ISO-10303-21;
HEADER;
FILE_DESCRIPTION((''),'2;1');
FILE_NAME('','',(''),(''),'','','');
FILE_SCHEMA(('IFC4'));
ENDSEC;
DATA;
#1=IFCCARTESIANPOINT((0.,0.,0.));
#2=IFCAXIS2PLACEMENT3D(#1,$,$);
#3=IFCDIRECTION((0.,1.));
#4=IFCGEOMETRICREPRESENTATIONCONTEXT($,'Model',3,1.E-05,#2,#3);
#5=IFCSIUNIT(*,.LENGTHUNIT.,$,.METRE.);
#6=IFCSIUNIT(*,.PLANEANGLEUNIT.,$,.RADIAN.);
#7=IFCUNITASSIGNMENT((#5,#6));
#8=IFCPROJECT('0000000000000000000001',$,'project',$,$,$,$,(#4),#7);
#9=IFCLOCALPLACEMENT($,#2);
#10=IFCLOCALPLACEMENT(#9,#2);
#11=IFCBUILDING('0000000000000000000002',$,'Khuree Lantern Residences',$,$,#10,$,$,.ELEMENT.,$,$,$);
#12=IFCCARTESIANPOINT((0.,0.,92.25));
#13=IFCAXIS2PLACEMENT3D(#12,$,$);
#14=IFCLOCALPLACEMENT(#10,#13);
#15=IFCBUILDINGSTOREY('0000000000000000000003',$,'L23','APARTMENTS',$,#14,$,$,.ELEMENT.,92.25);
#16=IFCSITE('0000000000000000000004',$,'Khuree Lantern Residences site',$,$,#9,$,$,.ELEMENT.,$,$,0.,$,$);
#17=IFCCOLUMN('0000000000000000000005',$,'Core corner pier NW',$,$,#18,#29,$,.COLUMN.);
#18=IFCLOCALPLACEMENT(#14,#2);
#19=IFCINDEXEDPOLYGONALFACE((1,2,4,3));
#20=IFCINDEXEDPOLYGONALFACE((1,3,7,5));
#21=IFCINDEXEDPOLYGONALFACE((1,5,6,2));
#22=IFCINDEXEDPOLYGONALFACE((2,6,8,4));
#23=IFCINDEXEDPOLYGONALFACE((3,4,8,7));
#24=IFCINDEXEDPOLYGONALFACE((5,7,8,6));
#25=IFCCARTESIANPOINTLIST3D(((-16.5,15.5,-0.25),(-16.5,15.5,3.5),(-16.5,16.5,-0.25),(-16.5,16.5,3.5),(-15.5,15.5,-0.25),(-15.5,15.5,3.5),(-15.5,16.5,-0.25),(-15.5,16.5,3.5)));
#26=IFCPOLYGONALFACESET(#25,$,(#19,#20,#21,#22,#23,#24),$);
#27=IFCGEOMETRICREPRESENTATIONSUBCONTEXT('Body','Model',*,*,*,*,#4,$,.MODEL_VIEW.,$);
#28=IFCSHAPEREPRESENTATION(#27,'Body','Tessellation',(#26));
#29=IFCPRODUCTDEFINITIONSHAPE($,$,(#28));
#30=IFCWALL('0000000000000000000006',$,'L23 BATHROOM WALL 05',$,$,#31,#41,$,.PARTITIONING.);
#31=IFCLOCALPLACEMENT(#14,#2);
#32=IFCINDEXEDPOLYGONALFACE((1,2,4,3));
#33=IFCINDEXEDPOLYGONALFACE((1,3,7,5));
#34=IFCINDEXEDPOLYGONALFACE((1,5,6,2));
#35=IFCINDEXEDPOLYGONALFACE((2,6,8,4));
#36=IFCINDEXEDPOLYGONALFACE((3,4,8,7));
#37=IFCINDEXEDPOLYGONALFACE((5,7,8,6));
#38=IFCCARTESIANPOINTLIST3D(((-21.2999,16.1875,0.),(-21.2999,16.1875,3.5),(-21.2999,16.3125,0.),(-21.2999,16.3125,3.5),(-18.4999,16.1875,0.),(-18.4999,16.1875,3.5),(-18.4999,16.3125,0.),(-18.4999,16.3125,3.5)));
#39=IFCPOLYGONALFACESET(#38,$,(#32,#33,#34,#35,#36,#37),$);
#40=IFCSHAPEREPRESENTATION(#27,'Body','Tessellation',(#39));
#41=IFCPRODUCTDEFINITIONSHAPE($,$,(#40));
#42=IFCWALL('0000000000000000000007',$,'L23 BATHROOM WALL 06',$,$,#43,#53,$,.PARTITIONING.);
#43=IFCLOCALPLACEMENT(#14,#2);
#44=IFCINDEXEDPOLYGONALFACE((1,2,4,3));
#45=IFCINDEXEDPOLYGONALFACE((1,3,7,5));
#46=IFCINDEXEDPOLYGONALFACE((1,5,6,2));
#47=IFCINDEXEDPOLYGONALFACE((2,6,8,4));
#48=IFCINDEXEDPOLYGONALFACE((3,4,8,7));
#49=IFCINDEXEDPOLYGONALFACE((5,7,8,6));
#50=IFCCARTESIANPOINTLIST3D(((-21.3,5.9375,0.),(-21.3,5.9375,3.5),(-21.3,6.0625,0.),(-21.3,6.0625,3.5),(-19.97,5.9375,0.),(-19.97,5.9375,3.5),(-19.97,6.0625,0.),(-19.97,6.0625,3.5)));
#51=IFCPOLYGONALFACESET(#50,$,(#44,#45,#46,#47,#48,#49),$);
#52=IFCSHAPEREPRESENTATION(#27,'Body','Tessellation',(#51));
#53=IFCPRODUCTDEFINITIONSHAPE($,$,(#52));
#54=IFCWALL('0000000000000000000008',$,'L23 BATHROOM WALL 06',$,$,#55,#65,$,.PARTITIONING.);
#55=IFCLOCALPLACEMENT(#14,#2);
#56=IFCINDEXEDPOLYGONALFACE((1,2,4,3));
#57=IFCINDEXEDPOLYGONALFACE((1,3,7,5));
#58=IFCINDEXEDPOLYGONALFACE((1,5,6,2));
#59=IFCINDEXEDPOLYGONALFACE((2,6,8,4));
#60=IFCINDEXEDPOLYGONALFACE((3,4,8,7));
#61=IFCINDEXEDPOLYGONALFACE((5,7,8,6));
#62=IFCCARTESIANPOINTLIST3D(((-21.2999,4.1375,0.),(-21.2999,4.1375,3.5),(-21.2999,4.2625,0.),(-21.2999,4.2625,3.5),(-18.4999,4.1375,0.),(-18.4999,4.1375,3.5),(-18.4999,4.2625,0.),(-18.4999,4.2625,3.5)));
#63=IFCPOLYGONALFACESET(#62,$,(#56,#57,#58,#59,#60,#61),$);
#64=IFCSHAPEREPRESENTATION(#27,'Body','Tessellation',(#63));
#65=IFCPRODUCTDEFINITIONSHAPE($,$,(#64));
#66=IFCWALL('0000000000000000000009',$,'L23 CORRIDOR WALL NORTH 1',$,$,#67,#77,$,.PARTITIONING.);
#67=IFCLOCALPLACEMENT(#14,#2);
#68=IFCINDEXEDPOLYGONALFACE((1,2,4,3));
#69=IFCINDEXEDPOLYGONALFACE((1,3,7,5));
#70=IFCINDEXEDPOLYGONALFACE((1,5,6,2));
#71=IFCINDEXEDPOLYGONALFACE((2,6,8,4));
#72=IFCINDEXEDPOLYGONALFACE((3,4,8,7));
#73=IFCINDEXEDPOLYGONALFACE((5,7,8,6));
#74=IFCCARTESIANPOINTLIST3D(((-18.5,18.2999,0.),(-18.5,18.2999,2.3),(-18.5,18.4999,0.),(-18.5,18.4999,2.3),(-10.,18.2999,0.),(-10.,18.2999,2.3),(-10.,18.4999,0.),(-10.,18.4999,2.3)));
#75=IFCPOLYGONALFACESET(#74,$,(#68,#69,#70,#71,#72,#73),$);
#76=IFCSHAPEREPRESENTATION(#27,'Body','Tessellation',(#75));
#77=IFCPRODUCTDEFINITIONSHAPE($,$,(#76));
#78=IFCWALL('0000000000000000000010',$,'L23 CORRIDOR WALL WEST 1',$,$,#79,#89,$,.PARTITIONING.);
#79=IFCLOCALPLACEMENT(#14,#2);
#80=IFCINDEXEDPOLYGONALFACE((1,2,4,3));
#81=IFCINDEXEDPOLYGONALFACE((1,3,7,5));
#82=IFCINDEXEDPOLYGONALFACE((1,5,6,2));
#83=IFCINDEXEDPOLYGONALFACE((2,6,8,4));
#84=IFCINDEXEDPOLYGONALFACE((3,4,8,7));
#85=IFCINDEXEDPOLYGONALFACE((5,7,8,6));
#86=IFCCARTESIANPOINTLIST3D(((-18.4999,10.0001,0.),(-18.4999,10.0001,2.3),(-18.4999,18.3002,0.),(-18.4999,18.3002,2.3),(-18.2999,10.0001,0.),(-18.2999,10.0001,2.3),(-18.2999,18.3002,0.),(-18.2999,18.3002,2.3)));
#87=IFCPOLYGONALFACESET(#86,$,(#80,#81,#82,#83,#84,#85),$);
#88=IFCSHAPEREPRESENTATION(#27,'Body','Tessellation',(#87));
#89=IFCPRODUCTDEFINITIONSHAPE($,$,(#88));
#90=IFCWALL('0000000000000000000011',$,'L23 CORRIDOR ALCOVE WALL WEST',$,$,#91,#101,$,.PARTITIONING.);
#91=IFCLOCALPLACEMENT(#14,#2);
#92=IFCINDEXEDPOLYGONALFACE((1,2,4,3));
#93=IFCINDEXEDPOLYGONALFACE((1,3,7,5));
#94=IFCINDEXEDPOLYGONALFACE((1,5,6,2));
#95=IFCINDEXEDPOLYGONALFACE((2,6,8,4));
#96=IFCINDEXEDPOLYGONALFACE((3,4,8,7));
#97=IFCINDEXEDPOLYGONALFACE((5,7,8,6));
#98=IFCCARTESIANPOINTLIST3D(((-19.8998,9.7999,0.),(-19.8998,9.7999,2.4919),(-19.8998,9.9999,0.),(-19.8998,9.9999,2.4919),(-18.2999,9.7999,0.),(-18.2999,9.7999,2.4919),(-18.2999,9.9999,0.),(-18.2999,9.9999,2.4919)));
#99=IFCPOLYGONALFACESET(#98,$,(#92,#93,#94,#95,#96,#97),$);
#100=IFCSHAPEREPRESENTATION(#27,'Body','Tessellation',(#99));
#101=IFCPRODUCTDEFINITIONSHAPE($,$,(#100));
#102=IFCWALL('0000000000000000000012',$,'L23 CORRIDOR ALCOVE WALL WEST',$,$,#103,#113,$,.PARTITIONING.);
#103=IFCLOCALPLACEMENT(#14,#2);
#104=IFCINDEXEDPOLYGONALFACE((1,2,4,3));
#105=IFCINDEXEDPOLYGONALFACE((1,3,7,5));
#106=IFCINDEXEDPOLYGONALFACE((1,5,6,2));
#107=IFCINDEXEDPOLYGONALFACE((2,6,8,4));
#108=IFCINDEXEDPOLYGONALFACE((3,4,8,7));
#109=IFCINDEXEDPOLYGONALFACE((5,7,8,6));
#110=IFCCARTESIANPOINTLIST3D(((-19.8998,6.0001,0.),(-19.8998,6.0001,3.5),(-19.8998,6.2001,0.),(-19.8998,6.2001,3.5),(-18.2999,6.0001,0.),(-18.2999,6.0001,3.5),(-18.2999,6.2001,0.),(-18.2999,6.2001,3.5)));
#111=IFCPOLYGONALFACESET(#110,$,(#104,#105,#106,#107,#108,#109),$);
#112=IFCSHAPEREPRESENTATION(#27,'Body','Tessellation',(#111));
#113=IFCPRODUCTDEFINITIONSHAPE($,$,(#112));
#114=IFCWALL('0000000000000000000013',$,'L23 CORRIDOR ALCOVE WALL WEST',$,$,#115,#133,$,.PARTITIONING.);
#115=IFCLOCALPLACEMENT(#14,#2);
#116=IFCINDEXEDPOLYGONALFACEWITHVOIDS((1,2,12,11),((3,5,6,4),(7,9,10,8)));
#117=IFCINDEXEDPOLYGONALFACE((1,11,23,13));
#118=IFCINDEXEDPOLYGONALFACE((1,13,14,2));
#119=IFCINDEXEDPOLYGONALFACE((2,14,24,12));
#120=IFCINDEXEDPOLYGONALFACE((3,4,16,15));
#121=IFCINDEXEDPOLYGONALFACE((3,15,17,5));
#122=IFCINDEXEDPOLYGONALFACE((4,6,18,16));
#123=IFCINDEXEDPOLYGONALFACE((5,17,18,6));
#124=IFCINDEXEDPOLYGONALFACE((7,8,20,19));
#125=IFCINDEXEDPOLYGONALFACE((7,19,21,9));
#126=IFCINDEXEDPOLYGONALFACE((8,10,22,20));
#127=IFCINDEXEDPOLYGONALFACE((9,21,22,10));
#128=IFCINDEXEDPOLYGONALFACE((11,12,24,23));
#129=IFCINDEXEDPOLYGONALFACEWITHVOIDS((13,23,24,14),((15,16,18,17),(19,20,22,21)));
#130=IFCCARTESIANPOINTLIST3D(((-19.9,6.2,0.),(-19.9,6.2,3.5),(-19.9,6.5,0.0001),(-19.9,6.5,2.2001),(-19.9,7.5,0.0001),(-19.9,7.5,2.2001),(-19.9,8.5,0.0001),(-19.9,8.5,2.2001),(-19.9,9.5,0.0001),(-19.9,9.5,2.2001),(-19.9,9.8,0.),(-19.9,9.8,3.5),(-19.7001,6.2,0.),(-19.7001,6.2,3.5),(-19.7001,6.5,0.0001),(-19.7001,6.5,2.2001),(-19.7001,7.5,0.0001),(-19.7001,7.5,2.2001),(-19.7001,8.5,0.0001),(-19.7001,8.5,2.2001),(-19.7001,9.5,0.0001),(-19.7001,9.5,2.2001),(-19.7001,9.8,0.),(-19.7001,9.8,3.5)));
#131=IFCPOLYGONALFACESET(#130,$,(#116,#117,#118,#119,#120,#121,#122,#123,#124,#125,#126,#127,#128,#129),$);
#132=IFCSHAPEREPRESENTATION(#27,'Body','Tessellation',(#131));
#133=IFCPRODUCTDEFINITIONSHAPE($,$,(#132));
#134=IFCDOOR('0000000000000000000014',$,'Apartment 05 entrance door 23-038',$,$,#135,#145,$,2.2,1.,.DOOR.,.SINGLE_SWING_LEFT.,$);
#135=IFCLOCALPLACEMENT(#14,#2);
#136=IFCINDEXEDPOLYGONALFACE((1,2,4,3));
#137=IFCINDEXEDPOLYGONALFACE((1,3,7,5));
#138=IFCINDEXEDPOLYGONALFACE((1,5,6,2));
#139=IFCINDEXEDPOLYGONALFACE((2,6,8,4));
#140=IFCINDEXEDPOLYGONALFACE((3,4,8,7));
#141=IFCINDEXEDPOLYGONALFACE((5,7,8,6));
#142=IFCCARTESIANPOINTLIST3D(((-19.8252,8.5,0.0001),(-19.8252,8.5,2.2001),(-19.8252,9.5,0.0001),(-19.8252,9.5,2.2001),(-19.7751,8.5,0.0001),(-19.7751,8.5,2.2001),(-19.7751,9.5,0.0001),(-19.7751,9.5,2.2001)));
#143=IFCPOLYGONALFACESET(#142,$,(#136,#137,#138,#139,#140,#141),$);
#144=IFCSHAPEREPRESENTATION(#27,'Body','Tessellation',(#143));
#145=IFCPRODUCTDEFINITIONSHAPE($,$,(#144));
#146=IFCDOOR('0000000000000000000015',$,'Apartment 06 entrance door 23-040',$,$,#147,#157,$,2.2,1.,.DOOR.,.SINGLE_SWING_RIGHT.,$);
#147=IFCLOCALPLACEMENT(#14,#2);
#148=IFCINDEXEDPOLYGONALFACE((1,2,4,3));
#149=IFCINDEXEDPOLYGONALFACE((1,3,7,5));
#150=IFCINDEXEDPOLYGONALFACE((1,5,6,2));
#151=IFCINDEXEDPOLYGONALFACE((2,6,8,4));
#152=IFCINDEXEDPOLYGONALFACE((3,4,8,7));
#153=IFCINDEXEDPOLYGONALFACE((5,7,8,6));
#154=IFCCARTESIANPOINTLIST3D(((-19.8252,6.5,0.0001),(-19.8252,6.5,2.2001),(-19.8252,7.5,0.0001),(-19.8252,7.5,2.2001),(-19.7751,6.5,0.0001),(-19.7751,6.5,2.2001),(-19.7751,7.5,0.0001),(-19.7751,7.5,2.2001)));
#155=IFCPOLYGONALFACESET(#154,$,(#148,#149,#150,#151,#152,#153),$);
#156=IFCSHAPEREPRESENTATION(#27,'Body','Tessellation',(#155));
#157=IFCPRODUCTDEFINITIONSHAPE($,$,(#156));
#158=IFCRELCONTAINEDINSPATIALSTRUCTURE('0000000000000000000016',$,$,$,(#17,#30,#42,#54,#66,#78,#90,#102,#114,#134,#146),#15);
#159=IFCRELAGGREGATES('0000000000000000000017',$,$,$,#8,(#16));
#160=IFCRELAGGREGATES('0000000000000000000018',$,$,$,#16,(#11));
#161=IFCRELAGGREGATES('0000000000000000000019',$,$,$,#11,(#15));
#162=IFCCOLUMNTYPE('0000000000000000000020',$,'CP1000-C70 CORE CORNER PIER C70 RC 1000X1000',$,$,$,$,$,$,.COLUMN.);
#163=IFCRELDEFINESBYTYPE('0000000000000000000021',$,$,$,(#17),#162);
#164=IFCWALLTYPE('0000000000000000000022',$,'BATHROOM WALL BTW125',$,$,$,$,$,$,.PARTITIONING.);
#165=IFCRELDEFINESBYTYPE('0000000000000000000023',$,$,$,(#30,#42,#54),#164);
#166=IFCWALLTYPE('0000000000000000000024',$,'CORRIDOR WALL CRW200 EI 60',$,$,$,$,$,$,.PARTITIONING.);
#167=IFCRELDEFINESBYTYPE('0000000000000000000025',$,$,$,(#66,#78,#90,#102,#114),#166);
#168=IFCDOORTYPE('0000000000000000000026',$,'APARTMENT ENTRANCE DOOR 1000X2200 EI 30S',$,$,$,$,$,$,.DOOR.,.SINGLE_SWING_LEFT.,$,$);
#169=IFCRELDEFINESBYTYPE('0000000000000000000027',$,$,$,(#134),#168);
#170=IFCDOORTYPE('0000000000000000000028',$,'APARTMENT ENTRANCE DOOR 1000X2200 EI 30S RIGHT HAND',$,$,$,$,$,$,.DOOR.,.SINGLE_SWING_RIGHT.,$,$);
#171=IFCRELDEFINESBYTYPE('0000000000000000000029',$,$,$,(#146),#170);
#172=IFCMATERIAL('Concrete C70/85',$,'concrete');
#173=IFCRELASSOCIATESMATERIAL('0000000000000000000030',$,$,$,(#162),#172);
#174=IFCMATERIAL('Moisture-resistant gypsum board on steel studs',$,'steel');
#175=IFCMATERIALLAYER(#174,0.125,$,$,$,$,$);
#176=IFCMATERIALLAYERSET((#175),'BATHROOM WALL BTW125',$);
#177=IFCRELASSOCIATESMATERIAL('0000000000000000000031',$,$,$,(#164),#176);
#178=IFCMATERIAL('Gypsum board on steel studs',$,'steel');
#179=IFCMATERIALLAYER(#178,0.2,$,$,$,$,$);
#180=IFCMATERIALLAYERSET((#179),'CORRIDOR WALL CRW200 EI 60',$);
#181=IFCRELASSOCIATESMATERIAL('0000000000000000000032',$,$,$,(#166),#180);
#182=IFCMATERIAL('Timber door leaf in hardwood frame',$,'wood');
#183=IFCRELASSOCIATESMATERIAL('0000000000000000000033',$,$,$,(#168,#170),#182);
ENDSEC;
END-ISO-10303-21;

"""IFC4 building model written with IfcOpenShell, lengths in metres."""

from ifc_helpers import new_model, si_unit, direction, frame, frame_2d, origin, origin_2d, place, context, subcontext, project, spatial, rectangle, extrude, material, layer, layer_set, material_profile, profile_set, type_object, element, fill, save


model = new_model("IFC4")

# Units and contexts
model_context = context("Model", 3, precision=1e-05, world=origin(), true_north=direction((0.0, 1.0)))
body_context = subcontext(model_context, "Body", "Model", "MODEL_VIEW")
ifc_project = project(units=[si_unit("LENGTHUNIT", "METRE"), si_unit("PLANEANGLEUNIT", "RADIAN")], contexts=[model_context])

# Site, building, storey
site_placement = place(None, origin())
site = spatial("IfcSite", under=ifc_project, at=site_placement, Name="Khuree Lantern Residences site", CompositionType="ELEMENT", RefElevation=0.0)
building_placement = place(site_placement, origin())
building = spatial("IfcBuilding", under=site, at=building_placement, Name="Khuree Lantern Residences", CompositionType="ELEMENT")
storey_placement = place(building_placement, frame((0.0, 0.0, 92.25)))
storey = spatial("IfcBuildingStorey", under=building, at=storey_placement, Name="L23", Description="APARTMENTS", CompositionType="ELEMENT", Elevation=92.25)

# Column
ifc_material_1 = material(Name="Concrete C70/85", Category="concrete")
ifc_material_profile = material_profile(ifc_material_1, rectangle(XDim=1.0, YDim=1.0, at=origin_2d()), Name="RC 1000X1000")
ifc_profile_set = profile_set([ifc_material_profile], Name="Concrete C70/85")
column_type = type_object("IfcColumnType", Name="CP1000-C70 CORE CORNER PIER C70 RC 1000X1000", PredefinedType="COLUMN", material=ifc_profile_set)
column_placement = place(storey_placement, frame((-16.0, 16.0, -0.25), z_axis=(0.0, 0.0, 1.0), x_axis=(1.0, 0.0, 0.0)))
element("IfcColumn", 1, at=column_placement, inside=storey, type_object=column_type, Name="Core corner pier NW", PredefinedType="COLUMN", context=body_context, shape_type="SweptSolid", body=[
    extrude(rectangle(XDim=1.0, YDim=1.0, at=origin_2d()), origin(), (0.0, 0.0, 1.0), 3.75),
])

# Walls
ifc_material_2 = material(Name="Moisture-resistant gypsum board on steel studs", Category="steel")
ifc_layer_1 = layer(ifc_material_2, 0.125)
ifc_layer_set_1 = layer_set([ifc_layer_1], Name="BATHROOM WALL BTW125")
wall_type_1 = type_object("IfcWallType", Name="BATHROOM WALL BTW125", PredefinedType="PARTITIONING", material=ifc_layer_set_1)
wall_1_placement = place(storey_placement, frame((-18.5, 16.25, 0.0), z_axis=(0.0, 0.0, 1.0), x_axis=(-1.0, 0.0, 0.0)))
element("IfcWall", 2, at=wall_1_placement, inside=storey, type_object=wall_type_1, Name="L23 BATHROOM WALL 05", PredefinedType="PARTITIONING", context=body_context, shape_type="SweptSolid", body=[
    extrude(rectangle(XDim=2.8, YDim=0.125, at=frame_2d((1.3999, 0.0))), origin(), (0.0, 0.0, 1.0), 3.5),
])
wall_2_placement = place(storey_placement, frame((-19.97, 6.0, 0.0), z_axis=(0.0, 0.0, 1.0), x_axis=(-1.0, 0.0, 0.0)))
element("IfcWall", 3, at=wall_2_placement, inside=storey, type_object=wall_type_1, Name="L23 BATHROOM WALL 06", PredefinedType="PARTITIONING", context=body_context, shape_type="SweptSolid", body=[
    extrude(rectangle(XDim=1.3301, YDim=0.125, at=frame_2d((0.665, 0.0))), origin(), (0.0, 0.0, 1.0), 3.5),
])
wall_3_placement = place(storey_placement, frame((-18.5, 4.2, 0.0), z_axis=(0.0, 0.0, 1.0), x_axis=(-1.0, 0.0, 0.0)))
element("IfcWall", 4, at=wall_3_placement, inside=storey, type_object=wall_type_1, Name="L23 BATHROOM WALL 06", PredefinedType="PARTITIONING", context=body_context, shape_type="SweptSolid", body=[
    extrude(rectangle(XDim=2.8, YDim=0.125, at=frame_2d((1.3999, 0.0))), origin(), (0.0, 0.0, 1.0), 3.5),
])
ifc_material_3 = material(Name="Gypsum board on steel studs", Category="steel")
ifc_layer_2 = layer(ifc_material_3, 0.2)
ifc_layer_set_2 = layer_set([ifc_layer_2], Name="CORRIDOR WALL CRW200 EI 60")
wall_type_2 = type_object("IfcWallType", Name="CORRIDOR WALL CRW200 EI 60", PredefinedType="PARTITIONING", material=ifc_layer_set_2)
wall_4_placement = place(storey_placement, frame((-18.5, 18.3999, 0.0), z_axis=(0.0, 0.0, 1.0), x_axis=(1.0, 0.0, 0.0)))
element("IfcWall", 5, at=wall_4_placement, inside=storey, type_object=wall_type_2, Name="L23 CORRIDOR WALL NORTH 1", PredefinedType="PARTITIONING", context=body_context, shape_type="SweptSolid", body=[
    extrude(rectangle(XDim=8.5, YDim=0.2, at=frame_2d((4.25, 0.0))), origin(), (0.0, 0.0, 1.0), 2.3),
])
wall_5_placement = place(storey_placement, frame((-18.3999, 18.3, 0.0), z_axis=(0.0, 0.0, 1.0), x_axis=(0.0, -1.0, 0.0)))
element("IfcWall", 6, at=wall_5_placement, inside=storey, type_object=wall_type_2, Name="L23 CORRIDOR WALL WEST 1", PredefinedType="PARTITIONING", context=body_context, shape_type="SweptSolid", body=[
    extrude(rectangle(XDim=8.3, YDim=0.2, at=frame_2d((4.1499, 0.0))), origin(), (0.0, 0.0, 1.0), 2.3),
])
wall_6_placement = place(storey_placement, frame((-18.3, 9.8999, 0.0), z_axis=(0.0, 0.0, 1.0), x_axis=(-1.0, 0.0, 0.0)))
element("IfcWall", 7, at=wall_6_placement, inside=storey, type_object=wall_type_2, Name="L23 CORRIDOR ALCOVE WALL WEST", PredefinedType="PARTITIONING", context=body_context, shape_type="SweptSolid", body=[
    extrude(rectangle(XDim=1.5999, YDim=0.2, at=frame_2d((0.7998, 0.0))), origin(), (0.0, 0.0, 1.0), 2.4919),
])
wall_7_placement = place(storey_placement, frame((-18.3, 6.1001, 0.0), z_axis=(0.0, 0.0, 1.0), x_axis=(-1.0, 0.0, 0.0)))
element("IfcWall", 8, at=wall_7_placement, inside=storey, type_object=wall_type_2, Name="L23 CORRIDOR ALCOVE WALL WEST", PredefinedType="PARTITIONING", context=body_context, shape_type="SweptSolid", body=[
    extrude(rectangle(XDim=1.5999, YDim=0.2, at=frame_2d((0.7998, 0.0))), origin(), (0.0, 0.0, 1.0), 3.5),
])

# Wall, openings, doors
wall_8_placement = place(storey_placement, frame((-19.8, 9.8, 0.0), z_axis=(0.0, 0.0, 1.0), x_axis=(0.0, -1.0, 0.0)))
wall_8 = element("IfcWall", 9, at=wall_8_placement, inside=storey, type_object=wall_type_2, Name="L23 CORRIDOR ALCOVE WALL WEST", PredefinedType="PARTITIONING", context=body_context, shape_type="SweptSolid", body=[
    extrude(rectangle(XDim=3.6001, YDim=0.2, at=frame_2d((1.8, 0.0))), origin(), (0.0, 0.0, 1.0), 3.5),
])
opening_1_placement = place(wall_8_placement, frame((0.3, 0.0, 0.0)))
opening_1 = element("IfcOpeningElement", 10, at=opening_1_placement, cuts=wall_8, PredefinedType="OPENING", context=body_context, shape_type="SweptSolid", body=[
    extrude(rectangle(XDim=1.0, YDim=2.2, at=frame_2d((0.5, 1.1001))), frame((0.0, 0.1099, 0.0), z_axis=(0.0, -1.0, 0.0), x_axis=(1.0, 0.0, 0.0)), (0.0, 0.0, 1.0), 0.22),
])
opening_2_placement = place(wall_8_placement, frame((2.3, 0.0, 0.0)))
opening_2 = element("IfcOpeningElement", 11, at=opening_2_placement, cuts=wall_8, PredefinedType="OPENING", context=body_context, shape_type="SweptSolid", body=[
    extrude(rectangle(XDim=1.0, YDim=2.2, at=frame_2d((0.5, 1.1001))), frame((0.0, 0.1099, 0.0), z_axis=(0.0, -1.0, 0.0), x_axis=(1.0, 0.0, 0.0)), (0.0, 0.0, 1.0), 0.22),
])
ifc_material_4 = material(Name="Timber door leaf in hardwood frame", Category="wood")
door_type_1 = type_object("IfcDoorType", Name="APARTMENT ENTRANCE DOOR 1000X2200 EI 30S", OperationType="SINGLE_SWING_LEFT", PredefinedType="DOOR", material=ifc_material_4)
door_1_placement = place(opening_1_placement, origin())
door_1 = element("IfcDoor", 12, at=door_1_placement, inside=storey, type_object=door_type_1, Name="Apartment 05 entrance door 23-038", OperationType="SINGLE_SWING_LEFT", OverallHeight=2.2, OverallWidth=1.0, PredefinedType="DOOR", context=body_context, shape_type="SweptSolid", body=[
    extrude(rectangle(XDim=1.0, YDim=2.2, at=frame_2d((0.5, 1.1001))), frame((0.0, 0.0249, 0.0), z_axis=(0.0, -1.0, 0.0), x_axis=(1.0, 0.0, 0.0)), (0.0, 0.0, 1.0), 0.05),
])
fill(opening_1, door_1)
door_type_2 = type_object("IfcDoorType", Name="APARTMENT ENTRANCE DOOR 1000X2200 EI 30S RIGHT HAND", OperationType="SINGLE_SWING_RIGHT", PredefinedType="DOOR", material=ifc_material_4)
door_2_placement = place(opening_2_placement, origin())
door_2 = element("IfcDoor", 13, at=door_2_placement, inside=storey, type_object=door_type_2, Name="Apartment 06 entrance door 23-040", OperationType="SINGLE_SWING_RIGHT", OverallHeight=2.2, OverallWidth=1.0, PredefinedType="DOOR", context=body_context, shape_type="SweptSolid", body=[
    extrude(rectangle(XDim=1.0, YDim=2.2, at=frame_2d((0.5, 1.1001))), frame((0.0, 0.0249, 0.0), z_axis=(0.0, -1.0, 0.0), x_axis=(1.0, 0.0, 0.0)), (0.0, 0.0, 1.0), 0.05),
])
fill(opening_2, door_2)

save(model, "model.ifc")
